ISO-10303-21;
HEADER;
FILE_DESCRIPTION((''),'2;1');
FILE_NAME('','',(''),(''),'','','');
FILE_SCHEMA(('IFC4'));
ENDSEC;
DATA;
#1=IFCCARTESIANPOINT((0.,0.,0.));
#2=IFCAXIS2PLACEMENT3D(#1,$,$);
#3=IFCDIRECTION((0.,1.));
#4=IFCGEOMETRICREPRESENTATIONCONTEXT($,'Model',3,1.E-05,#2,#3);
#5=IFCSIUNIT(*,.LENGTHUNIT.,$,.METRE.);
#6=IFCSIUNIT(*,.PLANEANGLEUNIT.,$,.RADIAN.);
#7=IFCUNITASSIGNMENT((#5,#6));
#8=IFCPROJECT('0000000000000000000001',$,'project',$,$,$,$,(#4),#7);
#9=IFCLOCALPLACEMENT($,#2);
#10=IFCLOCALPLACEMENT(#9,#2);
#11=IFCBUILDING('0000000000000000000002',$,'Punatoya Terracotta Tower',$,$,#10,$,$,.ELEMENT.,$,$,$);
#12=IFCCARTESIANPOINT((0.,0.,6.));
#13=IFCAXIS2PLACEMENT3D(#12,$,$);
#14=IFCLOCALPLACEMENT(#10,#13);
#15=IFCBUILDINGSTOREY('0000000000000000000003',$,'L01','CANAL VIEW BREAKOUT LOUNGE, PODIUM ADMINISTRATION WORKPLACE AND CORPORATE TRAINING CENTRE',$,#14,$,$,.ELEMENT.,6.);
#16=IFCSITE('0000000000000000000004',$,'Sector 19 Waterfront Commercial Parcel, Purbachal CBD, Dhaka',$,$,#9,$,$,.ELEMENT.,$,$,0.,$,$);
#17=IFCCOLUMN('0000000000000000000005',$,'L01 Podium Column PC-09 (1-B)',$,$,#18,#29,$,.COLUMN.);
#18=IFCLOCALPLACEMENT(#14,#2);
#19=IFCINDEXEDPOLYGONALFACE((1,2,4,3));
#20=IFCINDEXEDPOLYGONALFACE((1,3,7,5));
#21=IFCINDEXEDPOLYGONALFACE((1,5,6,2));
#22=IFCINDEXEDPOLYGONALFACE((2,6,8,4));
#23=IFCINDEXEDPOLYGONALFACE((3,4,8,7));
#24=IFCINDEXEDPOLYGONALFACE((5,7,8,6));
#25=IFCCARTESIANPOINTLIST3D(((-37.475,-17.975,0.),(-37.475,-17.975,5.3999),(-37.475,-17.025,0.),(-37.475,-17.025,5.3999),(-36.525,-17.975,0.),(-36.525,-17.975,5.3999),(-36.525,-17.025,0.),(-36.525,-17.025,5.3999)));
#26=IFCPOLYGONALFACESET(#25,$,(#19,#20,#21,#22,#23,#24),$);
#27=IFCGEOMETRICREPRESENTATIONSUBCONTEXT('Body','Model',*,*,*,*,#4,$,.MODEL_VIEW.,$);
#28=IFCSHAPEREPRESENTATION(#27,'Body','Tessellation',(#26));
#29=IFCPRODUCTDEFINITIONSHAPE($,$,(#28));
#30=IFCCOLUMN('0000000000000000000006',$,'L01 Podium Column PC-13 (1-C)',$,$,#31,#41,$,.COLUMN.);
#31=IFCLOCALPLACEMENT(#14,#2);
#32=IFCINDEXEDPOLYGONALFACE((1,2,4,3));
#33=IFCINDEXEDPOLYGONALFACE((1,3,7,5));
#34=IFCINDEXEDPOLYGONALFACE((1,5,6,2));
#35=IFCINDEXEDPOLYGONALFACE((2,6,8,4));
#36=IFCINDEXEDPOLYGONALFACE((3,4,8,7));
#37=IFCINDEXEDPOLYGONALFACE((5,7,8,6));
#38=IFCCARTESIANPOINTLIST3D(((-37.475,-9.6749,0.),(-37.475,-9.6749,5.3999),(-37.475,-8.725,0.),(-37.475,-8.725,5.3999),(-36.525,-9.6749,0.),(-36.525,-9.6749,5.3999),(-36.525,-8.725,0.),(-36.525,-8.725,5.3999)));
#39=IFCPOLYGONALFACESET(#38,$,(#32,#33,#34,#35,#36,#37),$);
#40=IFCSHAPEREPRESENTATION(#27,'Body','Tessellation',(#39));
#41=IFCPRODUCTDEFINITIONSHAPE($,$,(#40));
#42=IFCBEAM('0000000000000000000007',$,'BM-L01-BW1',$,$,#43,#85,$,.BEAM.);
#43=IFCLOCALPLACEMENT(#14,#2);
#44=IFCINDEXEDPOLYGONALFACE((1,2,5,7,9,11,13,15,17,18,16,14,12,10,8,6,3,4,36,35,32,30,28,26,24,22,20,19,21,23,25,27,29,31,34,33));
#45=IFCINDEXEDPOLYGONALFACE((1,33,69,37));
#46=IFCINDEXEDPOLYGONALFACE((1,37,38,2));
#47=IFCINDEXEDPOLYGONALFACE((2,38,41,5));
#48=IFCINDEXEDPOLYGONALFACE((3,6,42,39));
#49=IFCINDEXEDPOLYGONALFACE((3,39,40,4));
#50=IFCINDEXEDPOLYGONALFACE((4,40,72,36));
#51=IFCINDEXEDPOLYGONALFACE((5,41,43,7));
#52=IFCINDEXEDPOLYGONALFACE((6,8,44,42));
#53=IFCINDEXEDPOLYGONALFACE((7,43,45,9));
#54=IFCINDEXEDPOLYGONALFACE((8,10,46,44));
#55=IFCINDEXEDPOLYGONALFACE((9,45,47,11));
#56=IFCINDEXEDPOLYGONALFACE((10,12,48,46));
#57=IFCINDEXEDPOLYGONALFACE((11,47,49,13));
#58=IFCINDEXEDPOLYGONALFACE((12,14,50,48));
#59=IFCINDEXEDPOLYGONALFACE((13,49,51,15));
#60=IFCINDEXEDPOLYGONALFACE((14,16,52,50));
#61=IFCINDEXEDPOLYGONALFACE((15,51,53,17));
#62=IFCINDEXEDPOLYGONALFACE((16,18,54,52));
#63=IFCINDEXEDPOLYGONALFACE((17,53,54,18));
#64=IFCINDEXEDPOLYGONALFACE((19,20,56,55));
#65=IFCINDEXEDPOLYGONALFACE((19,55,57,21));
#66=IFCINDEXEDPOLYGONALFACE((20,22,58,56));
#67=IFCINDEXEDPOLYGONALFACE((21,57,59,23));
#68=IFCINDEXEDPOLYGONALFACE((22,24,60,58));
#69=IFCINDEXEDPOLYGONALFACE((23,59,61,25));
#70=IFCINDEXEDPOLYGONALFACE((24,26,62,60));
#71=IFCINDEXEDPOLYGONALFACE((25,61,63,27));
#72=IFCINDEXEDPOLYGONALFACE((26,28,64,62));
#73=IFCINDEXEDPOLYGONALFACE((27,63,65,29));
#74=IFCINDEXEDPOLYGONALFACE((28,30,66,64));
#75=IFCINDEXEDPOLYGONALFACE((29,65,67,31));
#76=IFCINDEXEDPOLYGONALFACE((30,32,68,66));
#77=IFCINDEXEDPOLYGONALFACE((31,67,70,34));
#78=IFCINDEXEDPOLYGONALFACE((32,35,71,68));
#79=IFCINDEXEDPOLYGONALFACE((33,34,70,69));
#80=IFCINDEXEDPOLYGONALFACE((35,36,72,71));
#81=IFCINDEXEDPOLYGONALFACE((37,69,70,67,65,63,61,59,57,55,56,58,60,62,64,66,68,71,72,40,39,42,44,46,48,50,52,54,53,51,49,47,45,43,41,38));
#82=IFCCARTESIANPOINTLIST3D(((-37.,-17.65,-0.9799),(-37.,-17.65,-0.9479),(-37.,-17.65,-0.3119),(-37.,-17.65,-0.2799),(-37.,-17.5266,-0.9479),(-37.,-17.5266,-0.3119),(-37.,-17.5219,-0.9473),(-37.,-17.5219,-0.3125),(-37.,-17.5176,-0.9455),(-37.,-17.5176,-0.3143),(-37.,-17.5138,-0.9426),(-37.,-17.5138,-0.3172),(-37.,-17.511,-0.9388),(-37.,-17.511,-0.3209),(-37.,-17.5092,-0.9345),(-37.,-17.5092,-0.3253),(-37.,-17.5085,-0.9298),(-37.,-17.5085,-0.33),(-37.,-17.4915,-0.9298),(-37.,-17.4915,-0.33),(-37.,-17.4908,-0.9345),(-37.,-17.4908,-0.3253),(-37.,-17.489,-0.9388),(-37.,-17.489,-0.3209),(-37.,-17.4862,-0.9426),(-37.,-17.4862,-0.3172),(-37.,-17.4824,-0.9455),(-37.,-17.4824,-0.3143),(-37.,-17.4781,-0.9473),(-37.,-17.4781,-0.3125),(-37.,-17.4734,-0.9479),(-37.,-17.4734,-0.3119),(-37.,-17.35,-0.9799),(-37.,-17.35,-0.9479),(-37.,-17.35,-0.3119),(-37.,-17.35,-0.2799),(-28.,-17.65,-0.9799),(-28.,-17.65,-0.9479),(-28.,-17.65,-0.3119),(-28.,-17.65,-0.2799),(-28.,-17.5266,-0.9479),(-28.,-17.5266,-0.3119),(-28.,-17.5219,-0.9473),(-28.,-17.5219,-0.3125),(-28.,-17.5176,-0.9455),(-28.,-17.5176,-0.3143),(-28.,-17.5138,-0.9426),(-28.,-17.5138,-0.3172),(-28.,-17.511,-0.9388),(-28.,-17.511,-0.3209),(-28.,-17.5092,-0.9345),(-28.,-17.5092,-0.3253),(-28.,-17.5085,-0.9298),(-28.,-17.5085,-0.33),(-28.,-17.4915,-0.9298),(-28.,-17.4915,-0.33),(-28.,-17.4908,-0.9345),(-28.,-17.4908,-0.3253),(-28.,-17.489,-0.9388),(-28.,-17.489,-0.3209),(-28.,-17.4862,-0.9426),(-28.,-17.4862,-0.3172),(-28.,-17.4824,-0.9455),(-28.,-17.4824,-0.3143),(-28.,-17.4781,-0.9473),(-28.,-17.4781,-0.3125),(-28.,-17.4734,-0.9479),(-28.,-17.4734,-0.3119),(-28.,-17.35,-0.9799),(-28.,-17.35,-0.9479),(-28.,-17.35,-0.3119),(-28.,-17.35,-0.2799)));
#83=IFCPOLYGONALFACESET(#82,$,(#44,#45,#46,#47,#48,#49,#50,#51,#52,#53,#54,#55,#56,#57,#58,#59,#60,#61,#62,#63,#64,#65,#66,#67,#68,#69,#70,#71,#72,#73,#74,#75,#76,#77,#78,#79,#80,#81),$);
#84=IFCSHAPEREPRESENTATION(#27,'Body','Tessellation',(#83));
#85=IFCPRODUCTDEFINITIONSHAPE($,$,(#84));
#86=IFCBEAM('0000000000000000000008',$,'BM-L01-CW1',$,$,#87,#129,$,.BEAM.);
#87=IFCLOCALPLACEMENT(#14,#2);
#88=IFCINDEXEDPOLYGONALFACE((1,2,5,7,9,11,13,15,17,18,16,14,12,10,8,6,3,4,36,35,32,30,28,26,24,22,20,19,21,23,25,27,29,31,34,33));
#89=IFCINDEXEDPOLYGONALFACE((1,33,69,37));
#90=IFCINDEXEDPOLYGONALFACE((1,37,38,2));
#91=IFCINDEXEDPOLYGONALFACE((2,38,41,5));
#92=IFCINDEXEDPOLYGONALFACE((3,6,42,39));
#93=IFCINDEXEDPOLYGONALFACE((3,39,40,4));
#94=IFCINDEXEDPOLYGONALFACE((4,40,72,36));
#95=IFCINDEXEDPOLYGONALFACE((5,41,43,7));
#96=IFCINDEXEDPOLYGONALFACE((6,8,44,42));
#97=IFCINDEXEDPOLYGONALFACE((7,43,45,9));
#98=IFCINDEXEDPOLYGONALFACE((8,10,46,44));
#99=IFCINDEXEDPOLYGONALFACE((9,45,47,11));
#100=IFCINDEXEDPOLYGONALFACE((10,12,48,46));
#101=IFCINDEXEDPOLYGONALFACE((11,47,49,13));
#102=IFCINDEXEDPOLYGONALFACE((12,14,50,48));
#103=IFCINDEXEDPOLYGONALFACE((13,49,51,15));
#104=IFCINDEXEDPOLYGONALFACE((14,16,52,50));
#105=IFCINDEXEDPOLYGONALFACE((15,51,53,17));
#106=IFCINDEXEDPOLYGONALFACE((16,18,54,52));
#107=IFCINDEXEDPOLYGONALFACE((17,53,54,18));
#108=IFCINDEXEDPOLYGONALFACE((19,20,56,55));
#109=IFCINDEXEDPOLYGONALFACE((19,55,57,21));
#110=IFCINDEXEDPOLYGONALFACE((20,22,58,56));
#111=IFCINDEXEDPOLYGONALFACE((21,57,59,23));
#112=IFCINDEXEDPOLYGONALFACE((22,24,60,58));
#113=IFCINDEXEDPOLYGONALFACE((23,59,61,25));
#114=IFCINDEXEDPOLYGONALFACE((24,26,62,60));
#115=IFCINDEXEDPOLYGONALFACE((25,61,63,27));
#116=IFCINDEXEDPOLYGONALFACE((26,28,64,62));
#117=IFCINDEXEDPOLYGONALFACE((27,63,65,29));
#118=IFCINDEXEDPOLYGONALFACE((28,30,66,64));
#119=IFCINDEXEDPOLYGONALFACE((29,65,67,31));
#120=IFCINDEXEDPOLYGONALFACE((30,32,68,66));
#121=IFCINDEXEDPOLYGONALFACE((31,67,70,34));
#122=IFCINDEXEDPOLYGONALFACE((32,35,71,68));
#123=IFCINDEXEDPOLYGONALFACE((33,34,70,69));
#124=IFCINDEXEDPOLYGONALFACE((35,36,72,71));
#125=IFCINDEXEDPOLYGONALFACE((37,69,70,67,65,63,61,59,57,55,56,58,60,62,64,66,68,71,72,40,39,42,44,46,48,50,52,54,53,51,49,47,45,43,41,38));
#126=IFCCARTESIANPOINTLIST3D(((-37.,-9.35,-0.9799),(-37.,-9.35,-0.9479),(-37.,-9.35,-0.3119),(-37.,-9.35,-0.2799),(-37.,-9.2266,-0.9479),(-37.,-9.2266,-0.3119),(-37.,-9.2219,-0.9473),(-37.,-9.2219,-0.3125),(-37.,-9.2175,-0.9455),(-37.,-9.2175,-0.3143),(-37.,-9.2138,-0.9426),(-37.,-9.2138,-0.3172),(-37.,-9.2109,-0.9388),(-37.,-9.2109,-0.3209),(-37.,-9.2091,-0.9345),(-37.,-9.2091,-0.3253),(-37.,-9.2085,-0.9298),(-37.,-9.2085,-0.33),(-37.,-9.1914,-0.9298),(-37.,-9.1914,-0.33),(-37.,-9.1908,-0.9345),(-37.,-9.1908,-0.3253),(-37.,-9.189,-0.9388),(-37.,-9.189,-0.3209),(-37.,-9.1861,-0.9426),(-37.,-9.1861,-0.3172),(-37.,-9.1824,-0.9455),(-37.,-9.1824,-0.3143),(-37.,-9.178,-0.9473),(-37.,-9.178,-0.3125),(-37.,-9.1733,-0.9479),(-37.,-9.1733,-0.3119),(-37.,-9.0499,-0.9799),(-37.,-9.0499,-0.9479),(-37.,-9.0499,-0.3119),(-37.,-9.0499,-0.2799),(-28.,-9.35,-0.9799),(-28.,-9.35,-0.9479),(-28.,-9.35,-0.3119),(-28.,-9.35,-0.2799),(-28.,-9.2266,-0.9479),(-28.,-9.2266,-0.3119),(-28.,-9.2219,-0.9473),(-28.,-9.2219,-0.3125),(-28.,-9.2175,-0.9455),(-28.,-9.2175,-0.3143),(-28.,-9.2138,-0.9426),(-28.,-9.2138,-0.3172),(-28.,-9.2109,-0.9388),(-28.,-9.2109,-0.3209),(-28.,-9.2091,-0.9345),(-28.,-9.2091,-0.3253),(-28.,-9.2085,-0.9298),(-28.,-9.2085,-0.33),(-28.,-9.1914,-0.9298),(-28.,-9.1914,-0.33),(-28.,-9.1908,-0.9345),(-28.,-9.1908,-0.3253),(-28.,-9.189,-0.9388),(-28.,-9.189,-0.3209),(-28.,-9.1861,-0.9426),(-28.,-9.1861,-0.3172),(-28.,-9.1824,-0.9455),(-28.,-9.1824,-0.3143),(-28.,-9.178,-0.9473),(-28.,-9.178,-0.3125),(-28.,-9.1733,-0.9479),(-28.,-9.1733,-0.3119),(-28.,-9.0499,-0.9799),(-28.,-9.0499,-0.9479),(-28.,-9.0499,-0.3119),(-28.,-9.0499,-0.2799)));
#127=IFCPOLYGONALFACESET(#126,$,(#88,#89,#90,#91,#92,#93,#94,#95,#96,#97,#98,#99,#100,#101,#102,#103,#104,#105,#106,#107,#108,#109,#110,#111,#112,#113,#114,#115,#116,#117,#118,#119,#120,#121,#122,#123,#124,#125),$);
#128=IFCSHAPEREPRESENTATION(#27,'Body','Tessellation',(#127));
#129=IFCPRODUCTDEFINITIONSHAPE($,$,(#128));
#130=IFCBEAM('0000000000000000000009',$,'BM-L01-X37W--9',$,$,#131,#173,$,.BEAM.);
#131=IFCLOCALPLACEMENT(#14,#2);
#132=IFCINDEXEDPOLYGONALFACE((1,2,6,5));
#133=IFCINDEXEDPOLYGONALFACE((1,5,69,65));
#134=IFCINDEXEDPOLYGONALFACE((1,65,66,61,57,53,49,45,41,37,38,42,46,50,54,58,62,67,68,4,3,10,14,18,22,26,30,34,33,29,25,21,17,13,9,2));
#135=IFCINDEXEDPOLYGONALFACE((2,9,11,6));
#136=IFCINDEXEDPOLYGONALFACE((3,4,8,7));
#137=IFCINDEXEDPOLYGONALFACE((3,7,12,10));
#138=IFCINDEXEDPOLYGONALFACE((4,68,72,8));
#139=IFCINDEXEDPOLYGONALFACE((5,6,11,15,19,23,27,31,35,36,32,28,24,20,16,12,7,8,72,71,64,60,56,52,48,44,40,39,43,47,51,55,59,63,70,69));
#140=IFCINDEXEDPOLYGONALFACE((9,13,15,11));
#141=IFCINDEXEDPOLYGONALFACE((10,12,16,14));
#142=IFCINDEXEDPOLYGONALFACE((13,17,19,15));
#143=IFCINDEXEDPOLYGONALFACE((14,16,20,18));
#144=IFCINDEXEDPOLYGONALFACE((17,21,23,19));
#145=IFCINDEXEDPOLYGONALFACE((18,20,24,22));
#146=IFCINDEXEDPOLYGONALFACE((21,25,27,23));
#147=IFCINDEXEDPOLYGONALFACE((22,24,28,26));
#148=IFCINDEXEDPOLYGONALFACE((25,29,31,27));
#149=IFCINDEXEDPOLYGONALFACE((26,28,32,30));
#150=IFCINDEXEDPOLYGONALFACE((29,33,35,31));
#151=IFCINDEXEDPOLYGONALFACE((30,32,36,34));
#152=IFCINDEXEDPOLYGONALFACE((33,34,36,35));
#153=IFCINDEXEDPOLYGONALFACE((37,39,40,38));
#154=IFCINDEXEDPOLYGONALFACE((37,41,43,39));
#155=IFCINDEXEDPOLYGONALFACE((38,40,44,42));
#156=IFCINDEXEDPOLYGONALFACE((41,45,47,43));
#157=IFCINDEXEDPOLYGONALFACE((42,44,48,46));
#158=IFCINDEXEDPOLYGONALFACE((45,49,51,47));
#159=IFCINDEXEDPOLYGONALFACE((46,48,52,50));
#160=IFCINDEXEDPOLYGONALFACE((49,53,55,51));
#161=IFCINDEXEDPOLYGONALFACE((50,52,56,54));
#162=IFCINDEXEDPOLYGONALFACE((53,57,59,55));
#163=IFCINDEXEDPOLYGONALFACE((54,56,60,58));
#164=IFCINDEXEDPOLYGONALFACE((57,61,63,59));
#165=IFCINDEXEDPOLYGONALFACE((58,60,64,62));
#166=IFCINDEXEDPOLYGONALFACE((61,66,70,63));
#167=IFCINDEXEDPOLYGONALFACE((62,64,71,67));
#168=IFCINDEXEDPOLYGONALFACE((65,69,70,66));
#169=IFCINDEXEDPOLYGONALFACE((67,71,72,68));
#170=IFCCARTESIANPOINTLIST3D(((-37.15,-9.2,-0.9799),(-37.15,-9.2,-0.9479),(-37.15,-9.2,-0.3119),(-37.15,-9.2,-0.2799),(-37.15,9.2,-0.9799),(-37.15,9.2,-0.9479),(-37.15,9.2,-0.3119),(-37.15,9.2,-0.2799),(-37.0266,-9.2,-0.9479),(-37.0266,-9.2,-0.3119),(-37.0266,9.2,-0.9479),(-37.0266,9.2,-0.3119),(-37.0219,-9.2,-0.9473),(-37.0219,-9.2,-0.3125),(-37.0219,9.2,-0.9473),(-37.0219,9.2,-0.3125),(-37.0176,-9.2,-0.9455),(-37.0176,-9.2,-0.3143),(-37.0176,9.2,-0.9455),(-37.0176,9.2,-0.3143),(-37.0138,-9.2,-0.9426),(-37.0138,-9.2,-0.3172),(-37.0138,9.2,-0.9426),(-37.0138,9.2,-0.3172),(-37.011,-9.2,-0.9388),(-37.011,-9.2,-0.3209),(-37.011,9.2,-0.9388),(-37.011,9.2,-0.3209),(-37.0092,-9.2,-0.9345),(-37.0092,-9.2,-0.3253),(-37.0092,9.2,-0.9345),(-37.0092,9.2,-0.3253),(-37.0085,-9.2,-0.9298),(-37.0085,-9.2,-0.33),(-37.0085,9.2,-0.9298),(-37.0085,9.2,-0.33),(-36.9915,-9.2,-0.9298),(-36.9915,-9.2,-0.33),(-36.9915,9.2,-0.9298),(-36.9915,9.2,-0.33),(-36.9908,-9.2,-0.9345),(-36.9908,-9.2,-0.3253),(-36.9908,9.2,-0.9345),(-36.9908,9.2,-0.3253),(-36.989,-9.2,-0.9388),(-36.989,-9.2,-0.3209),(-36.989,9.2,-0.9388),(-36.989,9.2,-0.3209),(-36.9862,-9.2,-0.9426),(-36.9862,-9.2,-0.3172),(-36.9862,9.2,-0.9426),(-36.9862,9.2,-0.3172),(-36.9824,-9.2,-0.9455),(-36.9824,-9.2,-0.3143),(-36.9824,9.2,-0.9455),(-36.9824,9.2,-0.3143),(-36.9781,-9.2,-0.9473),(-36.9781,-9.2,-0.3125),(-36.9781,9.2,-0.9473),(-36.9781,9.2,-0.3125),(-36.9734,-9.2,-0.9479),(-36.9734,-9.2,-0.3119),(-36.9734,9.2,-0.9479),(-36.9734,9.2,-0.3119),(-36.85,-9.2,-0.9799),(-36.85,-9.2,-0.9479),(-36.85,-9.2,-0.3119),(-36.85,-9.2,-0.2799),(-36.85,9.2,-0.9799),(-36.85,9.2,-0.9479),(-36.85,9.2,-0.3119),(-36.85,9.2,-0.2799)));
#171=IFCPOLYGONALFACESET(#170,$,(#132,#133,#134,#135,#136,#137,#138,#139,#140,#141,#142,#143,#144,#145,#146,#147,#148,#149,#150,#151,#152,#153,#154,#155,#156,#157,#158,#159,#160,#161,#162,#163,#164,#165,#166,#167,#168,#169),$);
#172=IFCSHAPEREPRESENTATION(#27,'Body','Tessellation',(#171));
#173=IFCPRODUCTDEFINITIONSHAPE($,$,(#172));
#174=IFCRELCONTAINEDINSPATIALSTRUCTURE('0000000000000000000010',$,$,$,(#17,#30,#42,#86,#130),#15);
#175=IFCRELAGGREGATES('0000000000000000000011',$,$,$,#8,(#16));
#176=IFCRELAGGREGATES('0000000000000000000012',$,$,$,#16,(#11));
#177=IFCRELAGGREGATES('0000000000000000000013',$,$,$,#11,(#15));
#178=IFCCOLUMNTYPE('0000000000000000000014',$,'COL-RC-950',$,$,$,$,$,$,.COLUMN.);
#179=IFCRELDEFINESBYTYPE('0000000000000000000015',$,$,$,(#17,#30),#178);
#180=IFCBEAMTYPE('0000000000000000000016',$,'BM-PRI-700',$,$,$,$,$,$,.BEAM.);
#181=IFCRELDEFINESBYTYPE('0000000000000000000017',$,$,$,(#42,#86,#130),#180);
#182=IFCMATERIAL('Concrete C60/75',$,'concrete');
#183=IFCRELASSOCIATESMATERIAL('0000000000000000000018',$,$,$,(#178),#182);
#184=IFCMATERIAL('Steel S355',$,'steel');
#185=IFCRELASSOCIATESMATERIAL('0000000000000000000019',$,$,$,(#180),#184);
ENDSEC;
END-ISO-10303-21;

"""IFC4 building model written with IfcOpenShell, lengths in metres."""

from ifc_helpers import new_model, si_unit, direction, frame, origin, origin_2d, place, context, subcontext, project, spatial, rectangle, i_section, extrude, material, material_profile, profile_set, type_object, element, save


model = new_model("IFC4")

# Units and contexts
model_context = context("Model", 3, precision=1e-05, world=origin(), true_north=direction((0.0, 1.0)))
body_context = subcontext(model_context, "Body", "Model", "MODEL_VIEW")
ifc_project = project(units=[si_unit("LENGTHUNIT", "METRE"), si_unit("PLANEANGLEUNIT", "RADIAN")], contexts=[model_context])

# Site, building, storey
site_placement = place(None, origin())
site = spatial("IfcSite", under=ifc_project, at=site_placement, Name="Sector 19 Waterfront Commercial Parcel, Purbachal CBD, Dhaka", CompositionType="ELEMENT", RefElevation=0.0)
building_placement = place(site_placement, origin())
building = spatial("IfcBuilding", under=site, at=building_placement, Name="Punatoya Terracotta Tower", CompositionType="ELEMENT")
storey_placement = place(building_placement, frame((0.0, 0.0, 6.0)))
storey = spatial("IfcBuildingStorey", under=building, at=storey_placement, Name="L01", Description="CANAL VIEW BREAKOUT LOUNGE, PODIUM ADMINISTRATION WORKPLACE AND CORPORATE TRAINING CENTRE", CompositionType="ELEMENT", Elevation=6.0)

# Columns
ifc_material_1 = material(Name="Concrete C60/75", Category="concrete")
ifc_material_profile_1 = material_profile(ifc_material_1, rectangle(XDim=0.95, YDim=0.95, at=origin_2d()))
ifc_profile_set_1 = profile_set([ifc_material_profile_1], Name="Concrete C60/75")
column_type = type_object("IfcColumnType", Name="COL-RC-950", PredefinedType="COLUMN", material=ifc_profile_set_1)
for number, where, z_axis, x_axis, name in (
    (1, (-37.0, -17.5, 0.0), (0.0, 0.0, 1.0), (1.0, 0.0, 0.0), "L01 Podium Column PC-09 (1-B)"),
    (2, (-37.0, -9.2, 0.0), (0.0, 0.0, 1.0), (1.0, 0.0, 0.0), "L01 Podium Column PC-13 (1-C)"),
):
    element("IfcColumn", number, at=place(storey_placement, frame(where, z_axis=z_axis, x_axis=x_axis)), inside=storey, type_object=column_type, Name=name, PredefinedType="COLUMN", context=body_context, shape_type="SweptSolid", body=[
        extrude(rectangle(XDim=0.95, YDim=0.95, at=origin_2d()), origin(), (0.0, 0.0, 1.0), 5.3999),
    ])

# Beams
ifc_material_2 = material(Name="Steel S355", Category="steel")
ifc_material_profile_2 = material_profile(ifc_material_2, i_section(OverallWidth=0.3, OverallDepth=0.7, WebThickness=0.0171, FlangeThickness=0.032, FilletRadius=0.0181, at=origin_2d()))
ifc_profile_set_2 = profile_set([ifc_material_profile_2], Name="Steel S355")
beam_type_1 = type_object("IfcBeamType", Name="BM-PRI-700", PredefinedType="BEAM", material=ifc_profile_set_2)
for number, where, z_axis, x_axis, name in (
    (3, (-37.0, -17.5, -0.6299), (1.0, 0.0, 0.0), (0.0, 1.0, 0.0), "BM-L01-BW1"),
    (4, (-37.0, -9.2, -0.6299), (1.0, 0.0, 0.0), (0.0, 1.0, 0.0), "BM-L01-CW1"),
):
    element("IfcBeam", number, at=place(storey_placement, frame(where, z_axis=z_axis, x_axis=x_axis)), inside=storey, type_object=beam_type_1, Name=name, PredefinedType="BEAM", context=body_context, shape_type="SweptSolid", body=[
        extrude(i_section(OverallWidth=0.3, OverallDepth=0.7, WebThickness=0.0171, FlangeThickness=0.032, FilletRadius=0.0181, at=origin_2d()), origin(), (0.0, 0.0, 1.0), 9.0),
    ])
beam_1_placement = place(storey_placement, frame((-37.0, -9.2, -0.6299), z_axis=(0.0, 1.0, 0.0), x_axis=(-1.0, 0.0, 0.0)))
element("IfcBeam", 5, at=beam_1_placement, inside=storey, type_object=beam_type_1, Name="BM-L01-X37W--9", PredefinedType="BEAM", context=body_context, shape_type="SweptSolid", body=[
    extrude(i_section(OverallWidth=0.3, OverallDepth=0.7, WebThickness=0.0171, FlangeThickness=0.032, FilletRadius=0.0181, at=origin_2d()), origin(), (0.0, 0.0, 1.0), 18.3999),
])

save(model, "model.ifc")
